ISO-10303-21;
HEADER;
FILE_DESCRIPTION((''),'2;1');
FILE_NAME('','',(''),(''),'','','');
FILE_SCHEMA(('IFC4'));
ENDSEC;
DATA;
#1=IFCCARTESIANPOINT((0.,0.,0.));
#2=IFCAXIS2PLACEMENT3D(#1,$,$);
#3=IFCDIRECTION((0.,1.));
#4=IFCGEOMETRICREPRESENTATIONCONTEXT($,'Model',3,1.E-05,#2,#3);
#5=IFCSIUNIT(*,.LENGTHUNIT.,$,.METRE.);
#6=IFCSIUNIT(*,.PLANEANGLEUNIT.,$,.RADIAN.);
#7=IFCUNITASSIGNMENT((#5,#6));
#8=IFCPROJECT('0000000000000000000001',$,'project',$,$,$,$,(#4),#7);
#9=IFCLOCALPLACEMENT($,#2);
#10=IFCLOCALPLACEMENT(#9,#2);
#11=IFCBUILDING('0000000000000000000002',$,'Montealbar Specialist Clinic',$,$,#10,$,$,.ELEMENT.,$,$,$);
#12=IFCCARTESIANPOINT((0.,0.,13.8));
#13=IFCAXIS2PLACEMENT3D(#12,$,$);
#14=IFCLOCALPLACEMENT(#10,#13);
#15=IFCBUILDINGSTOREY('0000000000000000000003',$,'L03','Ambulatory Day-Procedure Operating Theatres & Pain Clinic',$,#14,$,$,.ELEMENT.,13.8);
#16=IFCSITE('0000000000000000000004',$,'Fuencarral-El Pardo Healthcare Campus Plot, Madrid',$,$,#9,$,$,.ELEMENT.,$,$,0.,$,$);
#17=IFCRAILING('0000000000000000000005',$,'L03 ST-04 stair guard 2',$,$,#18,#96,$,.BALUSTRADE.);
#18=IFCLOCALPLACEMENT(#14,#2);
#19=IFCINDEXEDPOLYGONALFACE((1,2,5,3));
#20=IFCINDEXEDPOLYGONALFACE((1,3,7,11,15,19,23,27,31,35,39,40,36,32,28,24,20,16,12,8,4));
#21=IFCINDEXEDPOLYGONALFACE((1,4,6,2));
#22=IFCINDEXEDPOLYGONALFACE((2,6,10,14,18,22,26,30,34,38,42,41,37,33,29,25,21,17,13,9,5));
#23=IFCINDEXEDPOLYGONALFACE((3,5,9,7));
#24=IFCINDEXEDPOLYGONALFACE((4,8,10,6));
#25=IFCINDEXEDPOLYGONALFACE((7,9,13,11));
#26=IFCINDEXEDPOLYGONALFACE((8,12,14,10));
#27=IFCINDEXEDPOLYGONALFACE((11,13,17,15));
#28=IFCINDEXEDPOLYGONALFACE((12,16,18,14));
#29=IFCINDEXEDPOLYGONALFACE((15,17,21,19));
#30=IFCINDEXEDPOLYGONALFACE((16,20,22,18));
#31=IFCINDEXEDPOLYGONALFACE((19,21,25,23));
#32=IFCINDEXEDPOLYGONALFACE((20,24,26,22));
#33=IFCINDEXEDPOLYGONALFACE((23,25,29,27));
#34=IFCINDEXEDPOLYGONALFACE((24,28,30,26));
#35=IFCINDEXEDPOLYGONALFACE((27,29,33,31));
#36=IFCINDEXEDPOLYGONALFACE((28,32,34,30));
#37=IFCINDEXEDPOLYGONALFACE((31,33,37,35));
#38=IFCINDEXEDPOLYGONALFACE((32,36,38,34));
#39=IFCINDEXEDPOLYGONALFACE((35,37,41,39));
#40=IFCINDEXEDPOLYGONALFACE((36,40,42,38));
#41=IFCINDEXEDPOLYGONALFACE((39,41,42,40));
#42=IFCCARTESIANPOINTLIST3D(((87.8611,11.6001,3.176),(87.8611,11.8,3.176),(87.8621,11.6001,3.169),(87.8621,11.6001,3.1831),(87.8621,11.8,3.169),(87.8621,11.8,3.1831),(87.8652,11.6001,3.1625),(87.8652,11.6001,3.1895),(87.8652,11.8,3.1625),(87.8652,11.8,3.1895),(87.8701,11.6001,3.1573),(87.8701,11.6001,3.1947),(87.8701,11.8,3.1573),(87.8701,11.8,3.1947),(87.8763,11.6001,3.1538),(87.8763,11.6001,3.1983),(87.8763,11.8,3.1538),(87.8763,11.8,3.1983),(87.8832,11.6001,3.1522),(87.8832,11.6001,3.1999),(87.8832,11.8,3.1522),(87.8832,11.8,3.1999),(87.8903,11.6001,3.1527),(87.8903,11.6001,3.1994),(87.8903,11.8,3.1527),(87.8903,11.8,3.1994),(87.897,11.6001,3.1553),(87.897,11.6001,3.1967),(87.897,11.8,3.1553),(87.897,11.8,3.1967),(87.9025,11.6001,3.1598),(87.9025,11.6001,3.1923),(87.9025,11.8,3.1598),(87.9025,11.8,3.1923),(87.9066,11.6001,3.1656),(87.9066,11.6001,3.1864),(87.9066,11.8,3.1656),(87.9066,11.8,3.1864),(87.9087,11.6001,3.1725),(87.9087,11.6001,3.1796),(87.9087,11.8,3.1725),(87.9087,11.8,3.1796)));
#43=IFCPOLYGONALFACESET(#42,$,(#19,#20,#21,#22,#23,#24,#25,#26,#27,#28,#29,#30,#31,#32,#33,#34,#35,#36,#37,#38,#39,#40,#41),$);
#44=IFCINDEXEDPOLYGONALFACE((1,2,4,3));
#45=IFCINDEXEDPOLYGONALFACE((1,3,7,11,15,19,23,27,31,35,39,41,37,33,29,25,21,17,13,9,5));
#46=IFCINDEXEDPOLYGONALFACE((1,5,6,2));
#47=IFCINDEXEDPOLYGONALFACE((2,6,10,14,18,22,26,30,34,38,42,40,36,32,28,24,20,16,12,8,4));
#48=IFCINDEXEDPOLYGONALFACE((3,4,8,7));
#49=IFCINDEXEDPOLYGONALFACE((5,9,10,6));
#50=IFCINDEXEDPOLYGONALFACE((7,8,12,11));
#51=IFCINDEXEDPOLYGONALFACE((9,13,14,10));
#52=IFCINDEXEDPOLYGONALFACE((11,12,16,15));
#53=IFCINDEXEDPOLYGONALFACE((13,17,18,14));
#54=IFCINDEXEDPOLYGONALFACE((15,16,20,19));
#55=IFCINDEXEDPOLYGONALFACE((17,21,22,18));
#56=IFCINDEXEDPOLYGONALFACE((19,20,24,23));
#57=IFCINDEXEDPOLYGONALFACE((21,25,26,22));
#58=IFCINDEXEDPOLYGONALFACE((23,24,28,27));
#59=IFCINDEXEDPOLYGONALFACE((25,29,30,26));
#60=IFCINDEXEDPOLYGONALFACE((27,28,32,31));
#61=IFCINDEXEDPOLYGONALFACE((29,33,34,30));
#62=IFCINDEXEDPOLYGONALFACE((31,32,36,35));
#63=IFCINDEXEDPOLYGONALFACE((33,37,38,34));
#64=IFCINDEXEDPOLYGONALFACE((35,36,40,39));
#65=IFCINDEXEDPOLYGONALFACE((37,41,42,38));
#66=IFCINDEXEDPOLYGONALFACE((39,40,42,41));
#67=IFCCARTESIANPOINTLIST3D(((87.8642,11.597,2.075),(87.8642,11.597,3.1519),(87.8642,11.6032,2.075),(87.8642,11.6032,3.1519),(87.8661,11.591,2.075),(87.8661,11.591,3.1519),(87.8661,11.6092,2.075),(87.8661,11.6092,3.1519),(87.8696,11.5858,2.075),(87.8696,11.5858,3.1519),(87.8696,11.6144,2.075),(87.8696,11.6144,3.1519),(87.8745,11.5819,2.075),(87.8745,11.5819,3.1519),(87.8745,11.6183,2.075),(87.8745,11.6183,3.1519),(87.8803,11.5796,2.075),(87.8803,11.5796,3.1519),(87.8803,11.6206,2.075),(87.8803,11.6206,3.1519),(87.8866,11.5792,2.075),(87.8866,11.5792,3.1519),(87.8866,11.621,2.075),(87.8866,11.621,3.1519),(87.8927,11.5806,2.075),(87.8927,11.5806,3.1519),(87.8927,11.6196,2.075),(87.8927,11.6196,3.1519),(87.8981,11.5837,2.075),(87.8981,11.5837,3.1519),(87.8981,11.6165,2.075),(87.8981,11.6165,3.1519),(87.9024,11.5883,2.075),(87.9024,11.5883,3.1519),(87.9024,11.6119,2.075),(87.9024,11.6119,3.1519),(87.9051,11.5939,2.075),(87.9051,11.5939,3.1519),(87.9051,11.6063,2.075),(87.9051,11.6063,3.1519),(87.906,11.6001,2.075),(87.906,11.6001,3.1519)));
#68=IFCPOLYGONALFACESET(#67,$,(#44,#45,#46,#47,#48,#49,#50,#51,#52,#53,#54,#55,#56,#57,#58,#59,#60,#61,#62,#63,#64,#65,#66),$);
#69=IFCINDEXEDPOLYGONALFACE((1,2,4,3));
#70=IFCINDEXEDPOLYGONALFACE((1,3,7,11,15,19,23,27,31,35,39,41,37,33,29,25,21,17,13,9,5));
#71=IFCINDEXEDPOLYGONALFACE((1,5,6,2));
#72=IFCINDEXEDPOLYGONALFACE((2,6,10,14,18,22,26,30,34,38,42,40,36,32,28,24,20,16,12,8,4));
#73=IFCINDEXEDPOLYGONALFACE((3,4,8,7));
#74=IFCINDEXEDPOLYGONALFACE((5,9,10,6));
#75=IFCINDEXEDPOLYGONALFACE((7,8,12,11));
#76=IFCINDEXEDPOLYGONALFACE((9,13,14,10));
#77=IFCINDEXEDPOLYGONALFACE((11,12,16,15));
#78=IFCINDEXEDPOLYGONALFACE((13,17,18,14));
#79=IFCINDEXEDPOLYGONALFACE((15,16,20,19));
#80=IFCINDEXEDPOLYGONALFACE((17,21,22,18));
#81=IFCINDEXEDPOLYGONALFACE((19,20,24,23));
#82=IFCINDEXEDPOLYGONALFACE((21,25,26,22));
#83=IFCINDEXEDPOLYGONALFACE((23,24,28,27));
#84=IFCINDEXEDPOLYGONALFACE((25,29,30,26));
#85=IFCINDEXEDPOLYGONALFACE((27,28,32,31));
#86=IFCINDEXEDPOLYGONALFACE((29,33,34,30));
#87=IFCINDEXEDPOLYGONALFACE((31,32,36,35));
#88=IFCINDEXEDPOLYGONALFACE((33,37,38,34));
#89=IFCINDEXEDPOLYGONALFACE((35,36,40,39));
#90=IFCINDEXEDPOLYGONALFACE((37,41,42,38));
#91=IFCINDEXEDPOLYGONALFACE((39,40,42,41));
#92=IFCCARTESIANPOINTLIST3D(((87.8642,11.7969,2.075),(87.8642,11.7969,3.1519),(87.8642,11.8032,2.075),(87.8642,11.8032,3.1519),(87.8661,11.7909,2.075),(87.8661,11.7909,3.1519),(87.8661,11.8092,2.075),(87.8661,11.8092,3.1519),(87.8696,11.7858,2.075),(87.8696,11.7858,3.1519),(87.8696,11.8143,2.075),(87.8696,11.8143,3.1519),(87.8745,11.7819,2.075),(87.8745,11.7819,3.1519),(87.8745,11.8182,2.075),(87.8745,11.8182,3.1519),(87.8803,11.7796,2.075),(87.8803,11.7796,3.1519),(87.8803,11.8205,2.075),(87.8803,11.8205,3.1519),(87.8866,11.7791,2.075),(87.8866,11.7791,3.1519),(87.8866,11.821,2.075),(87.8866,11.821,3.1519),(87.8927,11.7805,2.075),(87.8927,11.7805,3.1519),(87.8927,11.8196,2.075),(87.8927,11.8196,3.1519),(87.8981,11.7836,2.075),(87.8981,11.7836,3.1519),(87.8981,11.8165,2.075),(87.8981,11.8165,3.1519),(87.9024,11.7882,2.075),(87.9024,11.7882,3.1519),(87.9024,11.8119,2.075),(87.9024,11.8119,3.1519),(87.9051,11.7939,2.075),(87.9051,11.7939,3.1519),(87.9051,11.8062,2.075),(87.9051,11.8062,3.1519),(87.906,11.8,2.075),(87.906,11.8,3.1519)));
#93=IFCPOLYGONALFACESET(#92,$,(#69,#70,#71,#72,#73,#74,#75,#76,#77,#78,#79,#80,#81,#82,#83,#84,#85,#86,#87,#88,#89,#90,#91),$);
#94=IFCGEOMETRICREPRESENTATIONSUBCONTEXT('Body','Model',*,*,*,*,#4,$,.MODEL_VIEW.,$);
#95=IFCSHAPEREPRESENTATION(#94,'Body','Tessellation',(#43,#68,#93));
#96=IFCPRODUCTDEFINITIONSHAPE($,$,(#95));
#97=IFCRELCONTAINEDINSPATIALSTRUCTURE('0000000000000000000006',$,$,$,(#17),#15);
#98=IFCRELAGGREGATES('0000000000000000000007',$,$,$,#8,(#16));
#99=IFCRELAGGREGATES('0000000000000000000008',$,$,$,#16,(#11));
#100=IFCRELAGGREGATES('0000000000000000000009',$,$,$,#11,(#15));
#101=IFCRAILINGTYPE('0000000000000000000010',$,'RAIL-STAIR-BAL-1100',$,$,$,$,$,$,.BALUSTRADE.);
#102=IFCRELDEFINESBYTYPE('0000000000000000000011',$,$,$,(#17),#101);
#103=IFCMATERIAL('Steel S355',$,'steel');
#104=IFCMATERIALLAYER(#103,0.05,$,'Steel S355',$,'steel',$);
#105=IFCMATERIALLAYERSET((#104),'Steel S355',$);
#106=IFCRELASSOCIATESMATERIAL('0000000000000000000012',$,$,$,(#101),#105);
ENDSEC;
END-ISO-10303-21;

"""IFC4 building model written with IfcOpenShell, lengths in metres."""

from ifc_helpers import new_model, si_unit, direction, frame, origin, origin_2d, place, context, subcontext, project, spatial, circle, extrude, material, layer, layer_set, type_object, element, save


model = new_model("IFC4")

# Units and contexts
model_context = context("Model", 3, precision=1e-05, world=origin(), true_north=direction((0.0, 1.0)))
body_context = subcontext(model_context, "Body", "Model", "MODEL_VIEW")
ifc_project = project(units=[si_unit("LENGTHUNIT", "METRE"), si_unit("PLANEANGLEUNIT", "RADIAN")], contexts=[model_context])

# Site, building, storey
site_placement = place(None, origin())
site = spatial("IfcSite", under=ifc_project, at=site_placement, Name="Fuencarral-El Pardo Healthcare Campus Plot, Madrid", CompositionType="ELEMENT", RefElevation=0.0)
building_placement = place(site_placement, origin())
building = spatial("IfcBuilding", under=site, at=building_placement, Name="Montealbar Specialist Clinic", CompositionType="ELEMENT")
storey_placement = place(building_placement, frame((0.0, 0.0, 13.8)))
storey = spatial("IfcBuildingStorey", under=building, at=storey_placement, Name="L03", Description="Ambulatory Day-Procedure Operating Theatres & Pain Clinic", CompositionType="ELEMENT", Elevation=13.8)

# Shared definitions
ifc_material_1 = material(Name="Steel S355", Category="steel")

# Railing
ifc_layer_1 = layer(ifc_material_1, 0.05, Name="Steel S355", Category="steel")
ifc_layer_set_1 = layer_set([ifc_layer_1], Name="Steel S355")
railing_type_1 = type_object("IfcRailingType", Name="RAIL-STAIR-BAL-1100", PredefinedType="BALUSTRADE", material=ifc_layer_set_1)
railing_1_placement = place(storey_placement, frame((87.885, 11.6001, 2.0999)))
element("IfcRailing", 1, at=railing_1_placement, inside=storey, type_object=railing_type_1, Name="L03 ST-04 stair guard 2", PredefinedType="BALUSTRADE", context=body_context, shape_type="SweptSolid", body=[
    extrude(circle(Radius=0.0239, at=origin_2d()), frame((0.0, 0.0, 1.0762), z_axis=(0.0, 1.0, 0.0), x_axis=(-1.0, 0.0, 0.0)), (0.0, 0.0, 1.0), 0.2),
    extrude(circle(Radius=0.021, at=origin_2d()), frame((0.0, 0.0, -0.0249)), (0.0, 0.0, 1.0), 1.0769),
    extrude(circle(Radius=0.021, at=origin_2d()), frame((0.0, 0.2, -0.0249)), (0.0, 0.0, 1.0), 1.0769),
])

save(model, "model.ifc")
